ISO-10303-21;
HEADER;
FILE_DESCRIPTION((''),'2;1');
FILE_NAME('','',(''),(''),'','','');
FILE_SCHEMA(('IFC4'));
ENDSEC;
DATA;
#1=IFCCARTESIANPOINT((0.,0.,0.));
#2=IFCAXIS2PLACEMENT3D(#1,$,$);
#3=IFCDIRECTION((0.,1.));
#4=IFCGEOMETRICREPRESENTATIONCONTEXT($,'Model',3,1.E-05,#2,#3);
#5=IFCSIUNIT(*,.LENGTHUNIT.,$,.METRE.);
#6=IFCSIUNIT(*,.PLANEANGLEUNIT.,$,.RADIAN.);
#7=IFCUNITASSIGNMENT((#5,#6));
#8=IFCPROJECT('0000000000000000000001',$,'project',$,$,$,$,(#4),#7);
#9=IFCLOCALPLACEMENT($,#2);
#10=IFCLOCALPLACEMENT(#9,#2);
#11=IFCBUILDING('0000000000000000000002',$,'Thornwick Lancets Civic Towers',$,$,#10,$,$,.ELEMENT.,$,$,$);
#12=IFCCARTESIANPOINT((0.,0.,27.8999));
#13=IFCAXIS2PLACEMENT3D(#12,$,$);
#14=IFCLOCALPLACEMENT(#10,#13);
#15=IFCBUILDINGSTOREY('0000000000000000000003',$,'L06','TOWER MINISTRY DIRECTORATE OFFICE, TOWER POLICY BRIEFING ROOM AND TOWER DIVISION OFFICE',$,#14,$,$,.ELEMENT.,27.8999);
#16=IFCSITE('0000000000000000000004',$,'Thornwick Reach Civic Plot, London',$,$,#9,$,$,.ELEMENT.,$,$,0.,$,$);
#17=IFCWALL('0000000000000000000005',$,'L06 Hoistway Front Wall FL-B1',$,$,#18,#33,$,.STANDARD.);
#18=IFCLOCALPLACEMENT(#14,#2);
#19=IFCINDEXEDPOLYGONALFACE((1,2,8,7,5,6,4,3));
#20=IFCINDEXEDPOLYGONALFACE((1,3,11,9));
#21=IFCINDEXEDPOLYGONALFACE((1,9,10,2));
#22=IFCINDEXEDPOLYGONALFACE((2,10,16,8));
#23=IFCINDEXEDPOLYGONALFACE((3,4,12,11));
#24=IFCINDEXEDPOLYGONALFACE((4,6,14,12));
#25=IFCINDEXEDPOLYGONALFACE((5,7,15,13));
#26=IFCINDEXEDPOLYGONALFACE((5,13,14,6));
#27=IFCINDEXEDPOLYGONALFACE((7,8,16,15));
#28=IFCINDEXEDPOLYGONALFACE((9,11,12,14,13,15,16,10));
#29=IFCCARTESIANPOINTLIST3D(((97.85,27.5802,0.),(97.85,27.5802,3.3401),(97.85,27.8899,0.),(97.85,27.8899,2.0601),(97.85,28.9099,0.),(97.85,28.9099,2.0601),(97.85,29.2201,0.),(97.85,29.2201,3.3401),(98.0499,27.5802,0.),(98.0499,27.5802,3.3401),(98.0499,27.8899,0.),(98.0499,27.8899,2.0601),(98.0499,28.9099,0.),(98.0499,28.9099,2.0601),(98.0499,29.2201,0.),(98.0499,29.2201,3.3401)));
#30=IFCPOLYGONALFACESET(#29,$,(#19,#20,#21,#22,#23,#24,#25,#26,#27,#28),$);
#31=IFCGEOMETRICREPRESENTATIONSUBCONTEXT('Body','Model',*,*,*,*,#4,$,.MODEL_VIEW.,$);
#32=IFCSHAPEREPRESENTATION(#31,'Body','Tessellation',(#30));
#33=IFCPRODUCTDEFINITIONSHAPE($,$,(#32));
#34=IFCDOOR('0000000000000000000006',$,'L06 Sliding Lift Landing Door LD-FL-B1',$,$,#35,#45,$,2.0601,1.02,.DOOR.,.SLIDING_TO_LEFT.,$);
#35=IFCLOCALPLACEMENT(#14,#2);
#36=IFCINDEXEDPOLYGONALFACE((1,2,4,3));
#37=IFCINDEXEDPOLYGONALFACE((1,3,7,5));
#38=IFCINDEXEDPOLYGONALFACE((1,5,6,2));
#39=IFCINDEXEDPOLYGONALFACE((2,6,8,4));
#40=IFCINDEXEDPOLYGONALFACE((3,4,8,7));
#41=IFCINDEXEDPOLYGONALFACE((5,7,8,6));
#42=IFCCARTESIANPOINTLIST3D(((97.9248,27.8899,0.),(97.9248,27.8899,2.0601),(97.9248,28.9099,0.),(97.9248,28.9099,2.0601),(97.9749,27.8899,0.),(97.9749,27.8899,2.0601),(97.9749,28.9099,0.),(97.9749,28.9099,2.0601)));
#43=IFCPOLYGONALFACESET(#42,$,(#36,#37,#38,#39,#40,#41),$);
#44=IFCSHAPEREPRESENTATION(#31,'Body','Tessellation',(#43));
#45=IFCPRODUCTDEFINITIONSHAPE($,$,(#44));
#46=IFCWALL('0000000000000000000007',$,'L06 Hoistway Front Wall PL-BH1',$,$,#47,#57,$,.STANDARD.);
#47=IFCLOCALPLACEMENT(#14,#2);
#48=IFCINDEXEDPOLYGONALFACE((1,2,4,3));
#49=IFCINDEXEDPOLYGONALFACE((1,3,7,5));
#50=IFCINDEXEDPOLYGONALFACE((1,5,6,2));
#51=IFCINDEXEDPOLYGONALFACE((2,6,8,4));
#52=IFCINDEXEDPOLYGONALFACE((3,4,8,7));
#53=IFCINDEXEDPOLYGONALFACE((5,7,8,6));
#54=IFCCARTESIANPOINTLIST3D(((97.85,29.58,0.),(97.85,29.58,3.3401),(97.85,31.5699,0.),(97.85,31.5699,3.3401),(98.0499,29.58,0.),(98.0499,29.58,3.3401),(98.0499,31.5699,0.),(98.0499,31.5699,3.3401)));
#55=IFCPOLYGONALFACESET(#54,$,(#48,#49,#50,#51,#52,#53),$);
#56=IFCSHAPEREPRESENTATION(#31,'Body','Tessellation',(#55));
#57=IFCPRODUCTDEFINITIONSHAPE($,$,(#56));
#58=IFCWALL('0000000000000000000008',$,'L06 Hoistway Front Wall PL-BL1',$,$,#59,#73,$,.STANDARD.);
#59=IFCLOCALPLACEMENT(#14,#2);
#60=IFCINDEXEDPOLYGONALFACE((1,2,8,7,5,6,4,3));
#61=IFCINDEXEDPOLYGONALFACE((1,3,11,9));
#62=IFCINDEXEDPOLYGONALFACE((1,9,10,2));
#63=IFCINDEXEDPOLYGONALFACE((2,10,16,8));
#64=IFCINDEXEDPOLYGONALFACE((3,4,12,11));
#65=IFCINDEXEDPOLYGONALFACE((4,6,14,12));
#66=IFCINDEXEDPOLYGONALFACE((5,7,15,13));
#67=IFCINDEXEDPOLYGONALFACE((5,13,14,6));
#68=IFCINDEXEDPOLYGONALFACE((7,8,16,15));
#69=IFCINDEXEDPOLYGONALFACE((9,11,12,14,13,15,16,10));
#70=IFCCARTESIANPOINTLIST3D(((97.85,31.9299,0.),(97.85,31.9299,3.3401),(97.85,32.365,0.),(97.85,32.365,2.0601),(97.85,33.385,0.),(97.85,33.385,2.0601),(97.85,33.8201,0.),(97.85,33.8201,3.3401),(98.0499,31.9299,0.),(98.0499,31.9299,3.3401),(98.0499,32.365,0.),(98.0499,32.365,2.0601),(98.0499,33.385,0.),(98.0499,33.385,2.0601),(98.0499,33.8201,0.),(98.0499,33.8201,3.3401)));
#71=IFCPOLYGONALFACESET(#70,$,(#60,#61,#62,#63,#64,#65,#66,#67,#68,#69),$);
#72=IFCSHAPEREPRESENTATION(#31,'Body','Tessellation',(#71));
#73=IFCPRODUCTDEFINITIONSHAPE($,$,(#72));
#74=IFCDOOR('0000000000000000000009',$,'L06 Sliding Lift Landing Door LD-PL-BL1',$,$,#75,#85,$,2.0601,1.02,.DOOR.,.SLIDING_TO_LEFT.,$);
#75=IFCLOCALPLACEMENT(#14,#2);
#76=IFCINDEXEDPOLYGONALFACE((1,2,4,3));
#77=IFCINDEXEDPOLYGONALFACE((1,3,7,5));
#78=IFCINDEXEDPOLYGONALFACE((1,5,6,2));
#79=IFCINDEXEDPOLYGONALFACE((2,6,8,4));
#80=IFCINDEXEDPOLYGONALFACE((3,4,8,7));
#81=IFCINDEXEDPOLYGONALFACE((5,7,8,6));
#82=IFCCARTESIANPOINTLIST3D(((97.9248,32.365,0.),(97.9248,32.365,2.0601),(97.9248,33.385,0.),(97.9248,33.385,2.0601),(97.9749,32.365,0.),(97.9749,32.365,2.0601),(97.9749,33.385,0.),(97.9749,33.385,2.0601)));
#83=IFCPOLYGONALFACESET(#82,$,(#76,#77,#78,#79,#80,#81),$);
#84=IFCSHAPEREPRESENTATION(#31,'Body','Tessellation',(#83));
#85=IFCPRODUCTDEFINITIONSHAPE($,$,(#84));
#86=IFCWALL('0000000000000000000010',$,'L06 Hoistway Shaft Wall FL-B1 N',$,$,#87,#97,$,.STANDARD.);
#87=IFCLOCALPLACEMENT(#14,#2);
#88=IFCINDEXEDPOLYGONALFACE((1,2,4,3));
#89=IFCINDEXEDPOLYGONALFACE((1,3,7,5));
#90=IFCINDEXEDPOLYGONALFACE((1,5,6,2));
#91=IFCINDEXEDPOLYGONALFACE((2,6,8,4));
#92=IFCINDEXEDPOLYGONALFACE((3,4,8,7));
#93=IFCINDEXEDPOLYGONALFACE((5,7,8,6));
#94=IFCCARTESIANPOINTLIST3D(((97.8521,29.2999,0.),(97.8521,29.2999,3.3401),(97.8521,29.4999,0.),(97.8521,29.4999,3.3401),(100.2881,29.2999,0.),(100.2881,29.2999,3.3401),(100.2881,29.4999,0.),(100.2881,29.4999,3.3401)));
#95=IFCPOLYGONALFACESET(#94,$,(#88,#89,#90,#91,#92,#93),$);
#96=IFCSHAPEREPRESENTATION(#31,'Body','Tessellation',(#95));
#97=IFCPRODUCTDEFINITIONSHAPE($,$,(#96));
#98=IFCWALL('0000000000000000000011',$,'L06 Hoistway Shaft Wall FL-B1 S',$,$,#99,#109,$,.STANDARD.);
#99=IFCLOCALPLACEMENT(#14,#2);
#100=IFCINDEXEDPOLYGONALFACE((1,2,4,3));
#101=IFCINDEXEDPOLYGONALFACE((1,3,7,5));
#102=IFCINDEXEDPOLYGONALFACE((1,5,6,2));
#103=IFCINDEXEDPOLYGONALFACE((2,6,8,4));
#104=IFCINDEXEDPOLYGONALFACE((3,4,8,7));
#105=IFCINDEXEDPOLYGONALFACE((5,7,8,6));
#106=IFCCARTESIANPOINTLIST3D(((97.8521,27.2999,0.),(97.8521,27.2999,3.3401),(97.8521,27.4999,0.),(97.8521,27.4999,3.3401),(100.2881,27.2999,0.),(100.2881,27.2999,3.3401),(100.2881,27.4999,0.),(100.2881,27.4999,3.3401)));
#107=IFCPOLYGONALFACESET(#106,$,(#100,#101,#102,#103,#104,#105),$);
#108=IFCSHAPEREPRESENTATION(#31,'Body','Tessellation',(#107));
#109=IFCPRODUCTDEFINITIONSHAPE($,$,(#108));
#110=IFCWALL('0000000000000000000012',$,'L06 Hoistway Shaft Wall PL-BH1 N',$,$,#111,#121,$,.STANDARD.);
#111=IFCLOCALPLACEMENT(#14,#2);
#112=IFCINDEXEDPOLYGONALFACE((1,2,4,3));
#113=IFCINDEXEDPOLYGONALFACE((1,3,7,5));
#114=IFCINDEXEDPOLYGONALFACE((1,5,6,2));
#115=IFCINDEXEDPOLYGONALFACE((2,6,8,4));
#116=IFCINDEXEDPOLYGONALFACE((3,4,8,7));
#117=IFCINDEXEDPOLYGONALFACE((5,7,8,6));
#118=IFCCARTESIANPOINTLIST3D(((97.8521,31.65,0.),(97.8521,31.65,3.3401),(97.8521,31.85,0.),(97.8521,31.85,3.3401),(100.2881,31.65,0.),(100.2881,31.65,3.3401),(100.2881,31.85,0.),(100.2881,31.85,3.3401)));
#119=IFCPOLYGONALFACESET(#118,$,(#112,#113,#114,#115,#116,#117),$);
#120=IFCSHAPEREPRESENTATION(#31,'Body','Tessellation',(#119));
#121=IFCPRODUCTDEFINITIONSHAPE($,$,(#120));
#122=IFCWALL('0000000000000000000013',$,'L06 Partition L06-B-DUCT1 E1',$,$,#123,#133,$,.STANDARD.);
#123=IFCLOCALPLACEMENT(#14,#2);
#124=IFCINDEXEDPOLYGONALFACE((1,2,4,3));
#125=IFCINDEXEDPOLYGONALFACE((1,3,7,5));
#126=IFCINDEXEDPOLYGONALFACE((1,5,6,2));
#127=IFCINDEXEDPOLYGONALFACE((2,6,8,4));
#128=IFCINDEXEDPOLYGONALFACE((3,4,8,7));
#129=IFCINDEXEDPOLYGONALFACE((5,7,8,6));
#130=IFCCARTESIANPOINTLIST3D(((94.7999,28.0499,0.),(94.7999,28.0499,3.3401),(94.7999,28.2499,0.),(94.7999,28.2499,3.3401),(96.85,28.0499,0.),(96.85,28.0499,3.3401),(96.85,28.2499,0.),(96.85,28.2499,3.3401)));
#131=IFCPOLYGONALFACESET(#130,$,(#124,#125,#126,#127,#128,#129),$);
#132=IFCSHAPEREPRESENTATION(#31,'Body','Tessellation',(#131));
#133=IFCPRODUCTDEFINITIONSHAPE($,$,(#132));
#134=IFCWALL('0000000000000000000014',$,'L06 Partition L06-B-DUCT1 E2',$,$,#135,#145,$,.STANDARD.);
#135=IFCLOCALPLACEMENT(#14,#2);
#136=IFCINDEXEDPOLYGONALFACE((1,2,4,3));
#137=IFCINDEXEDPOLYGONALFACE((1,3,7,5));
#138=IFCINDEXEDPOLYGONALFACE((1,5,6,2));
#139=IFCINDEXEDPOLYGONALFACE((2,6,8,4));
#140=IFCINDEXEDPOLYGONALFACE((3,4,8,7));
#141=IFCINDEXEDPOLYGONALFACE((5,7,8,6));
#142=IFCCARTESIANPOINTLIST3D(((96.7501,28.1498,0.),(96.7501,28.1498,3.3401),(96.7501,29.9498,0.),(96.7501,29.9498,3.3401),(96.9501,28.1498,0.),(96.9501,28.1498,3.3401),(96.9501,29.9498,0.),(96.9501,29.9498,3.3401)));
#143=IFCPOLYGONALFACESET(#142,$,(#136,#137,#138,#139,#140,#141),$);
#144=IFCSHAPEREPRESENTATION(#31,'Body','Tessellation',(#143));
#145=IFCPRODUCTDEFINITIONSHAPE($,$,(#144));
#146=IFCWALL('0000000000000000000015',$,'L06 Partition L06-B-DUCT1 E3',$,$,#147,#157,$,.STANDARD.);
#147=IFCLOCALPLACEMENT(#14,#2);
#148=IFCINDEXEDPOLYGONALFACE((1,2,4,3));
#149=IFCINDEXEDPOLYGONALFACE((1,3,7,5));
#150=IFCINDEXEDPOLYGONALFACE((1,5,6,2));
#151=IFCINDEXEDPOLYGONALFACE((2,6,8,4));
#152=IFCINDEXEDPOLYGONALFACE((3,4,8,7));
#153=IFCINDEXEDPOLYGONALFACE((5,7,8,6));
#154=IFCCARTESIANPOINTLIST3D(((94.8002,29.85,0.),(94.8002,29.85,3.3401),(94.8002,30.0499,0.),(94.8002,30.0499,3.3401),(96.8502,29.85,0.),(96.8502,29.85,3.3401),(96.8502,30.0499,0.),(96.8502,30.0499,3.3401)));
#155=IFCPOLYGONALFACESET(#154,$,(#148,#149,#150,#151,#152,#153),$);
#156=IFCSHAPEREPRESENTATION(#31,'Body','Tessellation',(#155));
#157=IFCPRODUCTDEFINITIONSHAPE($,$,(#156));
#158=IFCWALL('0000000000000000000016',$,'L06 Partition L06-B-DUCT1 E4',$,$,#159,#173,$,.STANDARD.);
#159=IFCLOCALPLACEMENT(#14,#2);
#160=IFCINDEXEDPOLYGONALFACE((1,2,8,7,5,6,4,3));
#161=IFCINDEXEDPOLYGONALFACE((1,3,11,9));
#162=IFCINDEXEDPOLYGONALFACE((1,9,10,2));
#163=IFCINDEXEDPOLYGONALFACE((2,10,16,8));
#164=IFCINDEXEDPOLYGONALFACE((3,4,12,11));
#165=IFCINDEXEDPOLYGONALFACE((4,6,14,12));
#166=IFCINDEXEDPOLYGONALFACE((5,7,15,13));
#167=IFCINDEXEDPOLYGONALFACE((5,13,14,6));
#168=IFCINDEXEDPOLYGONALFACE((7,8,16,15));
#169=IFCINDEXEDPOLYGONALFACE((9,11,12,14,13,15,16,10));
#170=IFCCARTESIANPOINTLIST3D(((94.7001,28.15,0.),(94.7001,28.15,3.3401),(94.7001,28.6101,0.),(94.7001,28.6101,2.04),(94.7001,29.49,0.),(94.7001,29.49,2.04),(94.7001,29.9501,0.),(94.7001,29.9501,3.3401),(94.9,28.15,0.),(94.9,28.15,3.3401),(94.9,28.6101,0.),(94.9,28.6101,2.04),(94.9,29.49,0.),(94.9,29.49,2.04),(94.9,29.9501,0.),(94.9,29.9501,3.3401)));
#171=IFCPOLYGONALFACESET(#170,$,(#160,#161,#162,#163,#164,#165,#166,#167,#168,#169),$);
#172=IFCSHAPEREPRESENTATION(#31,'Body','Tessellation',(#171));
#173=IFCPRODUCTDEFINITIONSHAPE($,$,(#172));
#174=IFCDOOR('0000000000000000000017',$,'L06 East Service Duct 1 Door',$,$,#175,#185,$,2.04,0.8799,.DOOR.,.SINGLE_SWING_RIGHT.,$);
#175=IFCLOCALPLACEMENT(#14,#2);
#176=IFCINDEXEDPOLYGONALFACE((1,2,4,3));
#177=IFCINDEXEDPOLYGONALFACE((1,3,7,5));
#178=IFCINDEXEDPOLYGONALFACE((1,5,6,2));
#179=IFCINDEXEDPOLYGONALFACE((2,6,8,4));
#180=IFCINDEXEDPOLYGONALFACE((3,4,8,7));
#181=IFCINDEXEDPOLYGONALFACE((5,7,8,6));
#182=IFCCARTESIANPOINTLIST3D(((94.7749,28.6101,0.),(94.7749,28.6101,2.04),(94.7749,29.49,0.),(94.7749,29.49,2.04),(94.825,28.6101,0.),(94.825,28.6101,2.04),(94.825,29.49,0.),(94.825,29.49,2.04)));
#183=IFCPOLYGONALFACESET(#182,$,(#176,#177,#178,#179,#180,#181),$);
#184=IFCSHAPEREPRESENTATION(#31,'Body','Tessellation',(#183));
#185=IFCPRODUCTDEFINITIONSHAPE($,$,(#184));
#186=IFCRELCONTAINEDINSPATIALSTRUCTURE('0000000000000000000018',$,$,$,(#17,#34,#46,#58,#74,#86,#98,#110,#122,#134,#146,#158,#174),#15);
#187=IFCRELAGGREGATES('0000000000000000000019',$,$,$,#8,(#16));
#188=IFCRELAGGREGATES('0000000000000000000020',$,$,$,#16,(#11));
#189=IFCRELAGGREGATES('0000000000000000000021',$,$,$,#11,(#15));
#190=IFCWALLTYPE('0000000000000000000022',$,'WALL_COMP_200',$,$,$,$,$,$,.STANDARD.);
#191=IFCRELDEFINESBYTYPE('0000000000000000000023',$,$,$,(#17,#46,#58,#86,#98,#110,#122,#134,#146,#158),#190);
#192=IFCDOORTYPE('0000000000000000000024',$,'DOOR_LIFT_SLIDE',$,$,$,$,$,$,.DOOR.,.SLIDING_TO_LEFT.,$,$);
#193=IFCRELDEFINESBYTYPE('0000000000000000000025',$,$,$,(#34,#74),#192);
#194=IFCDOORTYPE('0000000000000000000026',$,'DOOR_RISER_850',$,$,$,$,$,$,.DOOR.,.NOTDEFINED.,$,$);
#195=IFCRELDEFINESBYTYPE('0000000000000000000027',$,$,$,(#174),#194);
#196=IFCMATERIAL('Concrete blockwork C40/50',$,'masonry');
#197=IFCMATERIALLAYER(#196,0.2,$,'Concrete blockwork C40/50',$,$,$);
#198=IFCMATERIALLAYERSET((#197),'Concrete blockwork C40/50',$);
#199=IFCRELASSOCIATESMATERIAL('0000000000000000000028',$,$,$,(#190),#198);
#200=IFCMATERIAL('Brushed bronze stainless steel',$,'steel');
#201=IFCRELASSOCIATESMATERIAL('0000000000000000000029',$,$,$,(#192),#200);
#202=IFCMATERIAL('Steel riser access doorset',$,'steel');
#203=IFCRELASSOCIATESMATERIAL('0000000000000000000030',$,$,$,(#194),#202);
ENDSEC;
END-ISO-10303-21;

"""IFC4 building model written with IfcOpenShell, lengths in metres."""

from ifc_helpers import new_model, si_unit, direction, frame, frame_2d, origin, place, context, subcontext, project, spatial, rectangle, extrude, material, layer, layer_set, type_object, element, fill, save


model = new_model("IFC4")

# Units and contexts
model_context = context("Model", 3, precision=1e-05, world=origin(), true_north=direction((0.0, 1.0)))
body_context = subcontext(model_context, "Body", "Model", "MODEL_VIEW")
ifc_project = project(units=[si_unit("LENGTHUNIT", "METRE"), si_unit("PLANEANGLEUNIT", "RADIAN")], contexts=[model_context])

# Site, building, storey
site_placement = place(None, origin())
site = spatial("IfcSite", under=ifc_project, at=site_placement, Name="Thornwick Reach Civic Plot, London", CompositionType="ELEMENT", RefElevation=0.0)
building_placement = place(site_placement, origin())
building = spatial("IfcBuilding", under=site, at=building_placement, Name="Thornwick Lancets Civic Towers", CompositionType="ELEMENT")
storey_placement = place(building_placement, frame((0.0, 0.0, 27.8999)))
storey = spatial("IfcBuildingStorey", under=building, at=storey_placement, Name="L06", Description="TOWER MINISTRY DIRECTORATE OFFICE, TOWER POLICY BRIEFING ROOM AND TOWER DIVISION OFFICE", CompositionType="ELEMENT", Elevation=27.8999)

# Wall, opening, door
ifc_material_1 = material(Name="Concrete blockwork C40/50", Category="masonry")
ifc_layer_1 = layer(ifc_material_1, 0.2, Name="Concrete blockwork C40/50")
ifc_layer_set_1 = layer_set([ifc_layer_1], Name="Concrete blockwork C40/50")
wall_type_1 = type_object("IfcWallType", Name="WALL_COMP_200", PredefinedType="STANDARD", material=ifc_layer_set_1)
wall_1_placement = place(storey_placement, frame((97.95, 29.22, 0.0), z_axis=(0.0, 0.0, 1.0), x_axis=(0.0, -1.0, 0.0)))
wall_1 = element("IfcWall", 1, at=wall_1_placement, inside=storey, type_object=wall_type_1, Name="L06 Hoistway Front Wall FL-B1", PredefinedType="STANDARD", context=body_context, shape_type="SweptSolid", body=[
    extrude(rectangle(XDim=1.6399, YDim=0.2, at=frame_2d((0.8198, 0.0))), origin(), (0.0, 0.0, 1.0), 3.3401),
])
opening_1_placement = place(wall_1_placement, frame((0.3101, 0.0, 0.0)))
opening_1 = element("IfcOpeningElement", 2, at=opening_1_placement, cuts=wall_1, PredefinedType="OPENING", context=body_context, shape_type="SweptSolid", body=[
    extrude(rectangle(XDim=1.02, YDim=2.0601, at=frame_2d((0.51, 1.03))), frame((0.0, 0.1099, 0.0), z_axis=(0.0, -1.0, 0.0), x_axis=(1.0, 0.0, 0.0)), (0.0, 0.0, 1.0), 0.22),
])
ifc_material_2 = material(Name="Brushed bronze stainless steel", Category="steel")
door_type_1 = type_object("IfcDoorType", Name="DOOR_LIFT_SLIDE", OperationType="SLIDING_TO_LEFT", PredefinedType="DOOR", material=ifc_material_2)
door_1_placement = place(opening_1_placement, origin())
door_1 = element("IfcDoor", 3, at=door_1_placement, inside=storey, type_object=door_type_1, Name="L06 Sliding Lift Landing Door LD-FL-B1", OperationType="SLIDING_TO_LEFT", OverallHeight=2.0601, OverallWidth=1.02, PredefinedType="DOOR", context=body_context, shape_type="SweptSolid", body=[
    extrude(rectangle(XDim=1.02, YDim=2.0601, at=frame_2d((0.51, 1.03))), frame((0.0, 0.0249, 0.0), z_axis=(0.0, -1.0, 0.0), x_axis=(1.0, 0.0, 0.0)), (0.0, 0.0, 1.0), 0.05),
])
fill(opening_1, door_1)

# Wall
wall_2_placement = place(storey_placement, frame((97.95, 31.5701, 0.0), z_axis=(0.0, 0.0, 1.0), x_axis=(0.0, -1.0, 0.0)))
element("IfcWall", 4, at=wall_2_placement, inside=storey, type_object=wall_type_1, Name="L06 Hoistway Front Wall PL-BH1", PredefinedType="STANDARD", context=body_context, shape_type="SweptSolid", body=[
    extrude(rectangle(XDim=1.99, YDim=0.2, at=frame_2d((0.9951, 0.0))), origin(), (0.0, 0.0, 1.0), 3.3401),
])

# Wall, opening, door
wall_3_placement = place(storey_placement, frame((97.95, 33.8201, 0.0), z_axis=(0.0, 0.0, 1.0), x_axis=(0.0, -1.0, 0.0)))
wall_3 = element("IfcWall", 5, at=wall_3_placement, inside=storey, type_object=wall_type_1, Name="L06 Hoistway Front Wall PL-BL1", PredefinedType="STANDARD", context=body_context, shape_type="SweptSolid", body=[
    extrude(rectangle(XDim=1.8901, YDim=0.2, at=frame_2d((0.9451, 0.0))), origin(), (0.0, 0.0, 1.0), 3.3401),
])
opening_2_placement = place(wall_3_placement, frame((0.4351, 0.0, 0.0)))
opening_2 = element("IfcOpeningElement", 6, at=opening_2_placement, cuts=wall_3, PredefinedType="OPENING", context=body_context, shape_type="SweptSolid", body=[
    extrude(rectangle(XDim=1.02, YDim=2.0601, at=frame_2d((0.51, 1.03))), frame((0.0, 0.1099, 0.0), z_axis=(0.0, -1.0, 0.0), x_axis=(1.0, 0.0, 0.0)), (0.0, 0.0, 1.0), 0.22),
])
door_2_placement = place(opening_2_placement, origin())
door_2 = element("IfcDoor", 7, at=door_2_placement, inside=storey, type_object=door_type_1, Name="L06 Sliding Lift Landing Door LD-PL-BL1", OperationType="SLIDING_TO_LEFT", OverallHeight=2.0601, OverallWidth=1.02, PredefinedType="DOOR", context=body_context, shape_type="SweptSolid", body=[
    extrude(rectangle(XDim=1.02, YDim=2.0601, at=frame_2d((0.51, 1.03))), frame((0.0, 0.0249, 0.0), z_axis=(0.0, -1.0, 0.0), x_axis=(1.0, 0.0, 0.0)), (0.0, 0.0, 1.0), 0.05),
])
fill(opening_2, door_2)

# Walls
for number, where, z_axis, x_axis, name in (
    (8, (97.8521, 29.3999, 0.0), (0.0, 0.0, 1.0), (1.0, 0.0, 0.0), "L06 Hoistway Shaft Wall FL-B1 N"),
    (9, (97.8521, 27.3999, 0.0), (0.0, 0.0, 1.0), (1.0, 0.0, 0.0), "L06 Hoistway Shaft Wall FL-B1 S"),
    (10, (97.8521, 31.75, 0.0), (0.0, 0.0, 1.0), (1.0, 0.0, 0.0), "L06 Hoistway Shaft Wall PL-BH1 N"),
):
    element("IfcWall", number, at=place(storey_placement, frame(where, z_axis=z_axis, x_axis=x_axis)), inside=storey, type_object=wall_type_1, Name=name, PredefinedType="STANDARD", context=body_context, shape_type="SweptSolid", body=[
        extrude(rectangle(XDim=2.436, YDim=0.2, at=frame_2d((1.218, 0.0))), origin(), (0.0, 0.0, 1.0), 3.3401),
    ])
wall_4_placement = place(storey_placement, frame((94.8, 28.1499, 0.0), z_axis=(0.0, 0.0, 1.0), x_axis=(1.0, 0.0, 0.0)))
element("IfcWall", 11, at=wall_4_placement, inside=storey, type_object=wall_type_1, Name="L06 Partition L06-B-DUCT1 E1", PredefinedType="STANDARD", context=body_context, shape_type="SweptSolid", body=[
    extrude(rectangle(XDim=2.05, YDim=0.2, at=frame_2d((1.0249, 0.0))), origin(), (0.0, 0.0, 1.0), 3.3401),
])
wall_5_placement = place(storey_placement, frame((96.8501, 28.1499, 0.0), z_axis=(0.0, 0.0, 1.0), x_axis=(0.0, 1.0, 0.0)))
element("IfcWall", 12, at=wall_5_placement, inside=storey, type_object=wall_type_1, Name="L06 Partition L06-B-DUCT1 E2", PredefinedType="STANDARD", context=body_context, shape_type="SweptSolid", body=[
    extrude(rectangle(XDim=1.8, YDim=0.2, at=frame_2d((0.8999, 0.0))), origin(), (0.0, 0.0, 1.0), 3.3401),
])
wall_6_placement = place(storey_placement, frame((96.8501, 29.95, 0.0), z_axis=(0.0, 0.0, 1.0), x_axis=(-1.0, 0.0, 0.0)))
element("IfcWall", 13, at=wall_6_placement, inside=storey, type_object=wall_type_1, Name="L06 Partition L06-B-DUCT1 E3", PredefinedType="STANDARD", context=body_context, shape_type="SweptSolid", body=[
    extrude(rectangle(XDim=2.05, YDim=0.2, at=frame_2d((1.0249, 0.0))), origin(), (0.0, 0.0, 1.0), 3.3401),
])

# Wall, opening, door
wall_7_placement = place(storey_placement, frame((94.8, 29.95, 0.0), z_axis=(0.0, 0.0, 1.0), x_axis=(0.0, -1.0, 0.0)))
wall_7 = element("IfcWall", 14, at=wall_7_placement, inside=storey, type_object=wall_type_1, Name="L06 Partition L06-B-DUCT1 E4", PredefinedType="STANDARD", context=body_context, shape_type="SweptSolid", body=[
    extrude(rectangle(XDim=1.8, YDim=0.2, at=frame_2d((0.8999, 0.0))), origin(), (0.0, 0.0, 1.0), 3.3401),
])
opening_3_placement = place(wall_7_placement, frame((0.46, 0.0, 0.0)))
opening_3 = element("IfcOpeningElement", 15, at=opening_3_placement, cuts=wall_7, PredefinedType="OPENING", context=body_context, shape_type="SweptSolid", body=[
    extrude(rectangle(XDim=0.8799, YDim=2.04, at=frame_2d((0.4399, 1.02))), frame((0.0, 0.1099, 0.0), z_axis=(0.0, -1.0, 0.0), x_axis=(1.0, 0.0, 0.0)), (0.0, 0.0, 1.0), 0.22),
])
ifc_material_3 = material(Name="Steel riser access doorset", Category="steel")
door_type_2 = type_object("IfcDoorType", Name="DOOR_RISER_850", OperationType="NOTDEFINED", PredefinedType="DOOR", material=ifc_material_3)
door_3_placement = place(opening_3_placement, origin())
door_3 = element("IfcDoor", 16, at=door_3_placement, inside=storey, type_object=door_type_2, Name="L06 East Service Duct 1 Door", OperationType="SINGLE_SWING_RIGHT", OverallHeight=2.04, OverallWidth=0.8799, PredefinedType="DOOR", context=body_context, shape_type="SweptSolid", body=[
    extrude(rectangle(XDim=0.8799, YDim=2.04, at=frame_2d((0.4399, 1.02))), frame((0.0, 0.0249, 0.0), z_axis=(0.0, -1.0, 0.0), x_axis=(1.0, 0.0, 0.0)), (0.0, 0.0, 1.0), 0.05),
])
fill(opening_3, door_3)

save(model, "model.ifc")
